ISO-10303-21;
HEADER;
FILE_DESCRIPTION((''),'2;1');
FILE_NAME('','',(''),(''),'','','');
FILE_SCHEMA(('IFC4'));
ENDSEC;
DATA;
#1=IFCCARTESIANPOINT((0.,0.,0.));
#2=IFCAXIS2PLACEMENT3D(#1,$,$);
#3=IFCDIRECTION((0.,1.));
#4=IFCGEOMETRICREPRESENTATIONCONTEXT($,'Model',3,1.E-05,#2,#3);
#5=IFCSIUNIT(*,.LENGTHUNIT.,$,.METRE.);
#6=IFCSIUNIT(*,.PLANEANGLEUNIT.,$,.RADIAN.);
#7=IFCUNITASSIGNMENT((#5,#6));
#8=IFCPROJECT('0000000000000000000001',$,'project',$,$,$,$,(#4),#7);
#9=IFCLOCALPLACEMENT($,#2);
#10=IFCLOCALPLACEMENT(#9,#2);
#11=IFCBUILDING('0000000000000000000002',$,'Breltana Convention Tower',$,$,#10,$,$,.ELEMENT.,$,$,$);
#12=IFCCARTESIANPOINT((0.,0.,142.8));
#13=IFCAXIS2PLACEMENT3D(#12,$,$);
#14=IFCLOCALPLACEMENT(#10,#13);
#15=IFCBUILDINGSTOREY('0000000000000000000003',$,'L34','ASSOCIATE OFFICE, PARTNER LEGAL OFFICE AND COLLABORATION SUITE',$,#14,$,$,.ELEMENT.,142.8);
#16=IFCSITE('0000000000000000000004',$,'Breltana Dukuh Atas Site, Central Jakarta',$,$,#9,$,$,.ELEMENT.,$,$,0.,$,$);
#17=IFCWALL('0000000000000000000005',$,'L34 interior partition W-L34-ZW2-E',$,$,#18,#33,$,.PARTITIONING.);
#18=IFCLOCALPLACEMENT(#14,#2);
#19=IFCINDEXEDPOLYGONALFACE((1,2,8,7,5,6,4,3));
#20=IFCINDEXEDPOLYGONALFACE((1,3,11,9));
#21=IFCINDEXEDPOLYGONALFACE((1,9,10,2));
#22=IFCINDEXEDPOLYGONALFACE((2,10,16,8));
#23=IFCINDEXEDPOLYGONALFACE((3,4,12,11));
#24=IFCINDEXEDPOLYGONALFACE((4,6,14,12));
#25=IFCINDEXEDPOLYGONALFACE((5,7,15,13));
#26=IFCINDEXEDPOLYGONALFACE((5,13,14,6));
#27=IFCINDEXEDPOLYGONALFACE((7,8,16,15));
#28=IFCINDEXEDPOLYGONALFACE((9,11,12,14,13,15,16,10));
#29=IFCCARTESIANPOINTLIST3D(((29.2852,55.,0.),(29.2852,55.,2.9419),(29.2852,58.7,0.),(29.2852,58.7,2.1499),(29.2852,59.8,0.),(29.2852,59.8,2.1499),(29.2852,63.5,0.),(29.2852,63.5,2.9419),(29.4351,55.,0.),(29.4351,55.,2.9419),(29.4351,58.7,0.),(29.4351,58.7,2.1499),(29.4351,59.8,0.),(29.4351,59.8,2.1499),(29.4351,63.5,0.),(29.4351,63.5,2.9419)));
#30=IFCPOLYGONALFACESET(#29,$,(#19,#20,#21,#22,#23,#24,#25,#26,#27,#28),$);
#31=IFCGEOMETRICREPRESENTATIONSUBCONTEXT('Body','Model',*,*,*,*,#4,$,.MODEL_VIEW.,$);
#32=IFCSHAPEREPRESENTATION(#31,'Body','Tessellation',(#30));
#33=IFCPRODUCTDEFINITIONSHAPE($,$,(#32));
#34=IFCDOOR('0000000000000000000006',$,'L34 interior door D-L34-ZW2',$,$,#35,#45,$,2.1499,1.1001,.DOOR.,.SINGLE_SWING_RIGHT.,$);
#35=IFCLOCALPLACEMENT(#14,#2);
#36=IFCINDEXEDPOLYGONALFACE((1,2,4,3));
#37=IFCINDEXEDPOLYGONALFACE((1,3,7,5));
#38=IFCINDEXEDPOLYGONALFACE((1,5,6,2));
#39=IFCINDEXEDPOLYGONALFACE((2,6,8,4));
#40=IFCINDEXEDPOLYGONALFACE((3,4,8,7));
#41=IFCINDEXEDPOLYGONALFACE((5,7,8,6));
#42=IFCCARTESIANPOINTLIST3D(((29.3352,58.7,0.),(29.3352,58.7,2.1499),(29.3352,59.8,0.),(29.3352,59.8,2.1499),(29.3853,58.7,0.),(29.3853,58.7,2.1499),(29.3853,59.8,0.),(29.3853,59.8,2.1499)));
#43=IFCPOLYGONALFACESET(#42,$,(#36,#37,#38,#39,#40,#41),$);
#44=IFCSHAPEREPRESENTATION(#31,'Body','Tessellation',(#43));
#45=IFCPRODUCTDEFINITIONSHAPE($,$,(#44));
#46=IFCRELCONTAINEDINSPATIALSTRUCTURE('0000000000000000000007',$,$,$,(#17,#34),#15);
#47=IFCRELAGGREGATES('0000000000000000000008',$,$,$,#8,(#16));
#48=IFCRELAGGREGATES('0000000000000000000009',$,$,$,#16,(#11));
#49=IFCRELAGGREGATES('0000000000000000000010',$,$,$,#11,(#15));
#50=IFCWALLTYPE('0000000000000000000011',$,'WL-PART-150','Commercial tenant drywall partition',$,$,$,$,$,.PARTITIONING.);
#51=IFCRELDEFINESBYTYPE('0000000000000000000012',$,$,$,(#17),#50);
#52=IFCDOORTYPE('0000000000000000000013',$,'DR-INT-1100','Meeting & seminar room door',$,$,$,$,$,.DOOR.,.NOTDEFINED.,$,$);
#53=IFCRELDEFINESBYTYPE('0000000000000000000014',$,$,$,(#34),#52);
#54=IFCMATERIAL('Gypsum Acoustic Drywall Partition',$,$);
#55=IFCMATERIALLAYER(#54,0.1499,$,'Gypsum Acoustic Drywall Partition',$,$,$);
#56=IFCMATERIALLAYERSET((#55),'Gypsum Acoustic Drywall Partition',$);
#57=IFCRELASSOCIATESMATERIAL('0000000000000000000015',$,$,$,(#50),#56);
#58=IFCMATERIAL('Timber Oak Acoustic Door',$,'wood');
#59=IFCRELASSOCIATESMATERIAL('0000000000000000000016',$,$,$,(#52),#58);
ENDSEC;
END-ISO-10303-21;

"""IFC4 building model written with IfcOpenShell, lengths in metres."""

from ifc_helpers import new_model, si_unit, direction, frame, frame_2d, origin, place, context, subcontext, project, spatial, rectangle, extrude, source, transform, mapped, material, layer, layer_set, type_object, type_shapes, element, fill, save


model = new_model("IFC4")

# Units and contexts
model_context = context("Model", 3, precision=1e-05, world=origin(), true_north=direction((0.0, 1.0)))
body_context = subcontext(model_context, "Body", "Model", "MODEL_VIEW")
ifc_project = project(units=[si_unit("LENGTHUNIT", "METRE"), si_unit("PLANEANGLEUNIT", "RADIAN")], contexts=[model_context])

# Site, building, storey
site_placement = place(None, origin())
site = spatial("IfcSite", under=ifc_project, at=site_placement, Name="Breltana Dukuh Atas Site, Central Jakarta", CompositionType="ELEMENT", RefElevation=0.0)
building_placement = place(site_placement, origin())
building = spatial("IfcBuilding", under=site, at=building_placement, Name="Breltana Convention Tower", CompositionType="ELEMENT")
storey_placement = place(building_placement, frame((0.0, 0.0, 142.8)))
storey = spatial("IfcBuildingStorey", under=building, at=storey_placement, Name="L34", Description="ASSOCIATE OFFICE, PARTNER LEGAL OFFICE AND COLLABORATION SUITE", CompositionType="ELEMENT", Elevation=142.8)

# Shared definitions
ifc_material_1 = material(Name="Gypsum Acoustic Drywall Partition")
ifc_layer_1 = layer(ifc_material_1, 0.1499, Name="Gypsum Acoustic Drywall Partition")
ifc_layer_set_1 = layer_set([ifc_layer_1], Name="Gypsum Acoustic Drywall Partition")
wall_type_1 = type_object("IfcWallType", Name="WL-PART-150", Description="Commercial tenant drywall partition", PredefinedType="PARTITIONING", material=ifc_layer_set_1)

# Wall, opening, door
shared_shape_1 = source(origin(), body_context, "Body", "SweptSolid", [
    extrude(rectangle(XDim=8.5, YDim=0.1499, at=frame_2d((4.25, 0.0))), origin(), (0.0, 0.0, 1.0), 2.9419),
])
wall_1_placement = place(storey_placement, frame((29.3601, 55.0, 0.0), z_axis=(0.0, 0.0, 1.0), x_axis=(0.0, 1.0, 0.0)))
wall_1 = element("IfcWall", 1, at=wall_1_placement, inside=storey, type_object=wall_type_1, Name="L34 interior partition W-L34-ZW2-E", PredefinedType="PARTITIONING", context=body_context, shape_type="MappedRepresentation", body=[
    mapped(shared_shape_1, transform((0.0, 0.0, 0.0), scale=1.0)),
])
opening_1_placement = place(wall_1_placement, frame((3.7, 0.0, 0.0)))
opening_1 = element("IfcOpeningElement", 2, at=opening_1_placement, cuts=wall_1, PredefinedType="OPENING", context=body_context, shape_type="SweptSolid", body=[
    extrude(rectangle(XDim=1.1001, YDim=2.1499, at=frame_2d((0.55, 1.075))), frame((0.0, 0.085, 0.0), z_axis=(0.0, -1.0, 0.0), x_axis=(1.0, 0.0, 0.0)), (0.0, 0.0, 1.0), 0.1699),
])
ifc_material_2 = material(Name="Timber Oak Acoustic Door", Category="wood")
door_type = type_object("IfcDoorType", Name="DR-INT-1100", Description="Meeting & seminar room door", OperationType="NOTDEFINED", PredefinedType="DOOR", material=ifc_material_2)
shared_shape_2 = source(origin(), body_context, "Body", "SweptSolid", [
    extrude(rectangle(XDim=1.1001, YDim=2.1499, at=frame_2d((0.55, 1.075))), frame((0.0, 0.0249, 0.0), z_axis=(0.0, -1.0, 0.0), x_axis=(1.0, 0.0, 0.0)), (0.0, 0.0, 1.0), 0.05),
])
type_shapes(door_type, [shared_shape_2])
door_placement = place(opening_1_placement, origin())
door = element("IfcDoor", 3, at=door_placement, inside=storey, type_object=door_type, Name="L34 interior door D-L34-ZW2", OperationType="SINGLE_SWING_RIGHT", OverallHeight=2.1499, OverallWidth=1.1001, PredefinedType="DOOR", context=body_context, shape_type="MappedRepresentation", body=[
    mapped(shared_shape_2, transform((0.0, 0.0, 0.0), scale=1.0)),
])
fill(opening_1, door)

save(model, "model.ifc")
